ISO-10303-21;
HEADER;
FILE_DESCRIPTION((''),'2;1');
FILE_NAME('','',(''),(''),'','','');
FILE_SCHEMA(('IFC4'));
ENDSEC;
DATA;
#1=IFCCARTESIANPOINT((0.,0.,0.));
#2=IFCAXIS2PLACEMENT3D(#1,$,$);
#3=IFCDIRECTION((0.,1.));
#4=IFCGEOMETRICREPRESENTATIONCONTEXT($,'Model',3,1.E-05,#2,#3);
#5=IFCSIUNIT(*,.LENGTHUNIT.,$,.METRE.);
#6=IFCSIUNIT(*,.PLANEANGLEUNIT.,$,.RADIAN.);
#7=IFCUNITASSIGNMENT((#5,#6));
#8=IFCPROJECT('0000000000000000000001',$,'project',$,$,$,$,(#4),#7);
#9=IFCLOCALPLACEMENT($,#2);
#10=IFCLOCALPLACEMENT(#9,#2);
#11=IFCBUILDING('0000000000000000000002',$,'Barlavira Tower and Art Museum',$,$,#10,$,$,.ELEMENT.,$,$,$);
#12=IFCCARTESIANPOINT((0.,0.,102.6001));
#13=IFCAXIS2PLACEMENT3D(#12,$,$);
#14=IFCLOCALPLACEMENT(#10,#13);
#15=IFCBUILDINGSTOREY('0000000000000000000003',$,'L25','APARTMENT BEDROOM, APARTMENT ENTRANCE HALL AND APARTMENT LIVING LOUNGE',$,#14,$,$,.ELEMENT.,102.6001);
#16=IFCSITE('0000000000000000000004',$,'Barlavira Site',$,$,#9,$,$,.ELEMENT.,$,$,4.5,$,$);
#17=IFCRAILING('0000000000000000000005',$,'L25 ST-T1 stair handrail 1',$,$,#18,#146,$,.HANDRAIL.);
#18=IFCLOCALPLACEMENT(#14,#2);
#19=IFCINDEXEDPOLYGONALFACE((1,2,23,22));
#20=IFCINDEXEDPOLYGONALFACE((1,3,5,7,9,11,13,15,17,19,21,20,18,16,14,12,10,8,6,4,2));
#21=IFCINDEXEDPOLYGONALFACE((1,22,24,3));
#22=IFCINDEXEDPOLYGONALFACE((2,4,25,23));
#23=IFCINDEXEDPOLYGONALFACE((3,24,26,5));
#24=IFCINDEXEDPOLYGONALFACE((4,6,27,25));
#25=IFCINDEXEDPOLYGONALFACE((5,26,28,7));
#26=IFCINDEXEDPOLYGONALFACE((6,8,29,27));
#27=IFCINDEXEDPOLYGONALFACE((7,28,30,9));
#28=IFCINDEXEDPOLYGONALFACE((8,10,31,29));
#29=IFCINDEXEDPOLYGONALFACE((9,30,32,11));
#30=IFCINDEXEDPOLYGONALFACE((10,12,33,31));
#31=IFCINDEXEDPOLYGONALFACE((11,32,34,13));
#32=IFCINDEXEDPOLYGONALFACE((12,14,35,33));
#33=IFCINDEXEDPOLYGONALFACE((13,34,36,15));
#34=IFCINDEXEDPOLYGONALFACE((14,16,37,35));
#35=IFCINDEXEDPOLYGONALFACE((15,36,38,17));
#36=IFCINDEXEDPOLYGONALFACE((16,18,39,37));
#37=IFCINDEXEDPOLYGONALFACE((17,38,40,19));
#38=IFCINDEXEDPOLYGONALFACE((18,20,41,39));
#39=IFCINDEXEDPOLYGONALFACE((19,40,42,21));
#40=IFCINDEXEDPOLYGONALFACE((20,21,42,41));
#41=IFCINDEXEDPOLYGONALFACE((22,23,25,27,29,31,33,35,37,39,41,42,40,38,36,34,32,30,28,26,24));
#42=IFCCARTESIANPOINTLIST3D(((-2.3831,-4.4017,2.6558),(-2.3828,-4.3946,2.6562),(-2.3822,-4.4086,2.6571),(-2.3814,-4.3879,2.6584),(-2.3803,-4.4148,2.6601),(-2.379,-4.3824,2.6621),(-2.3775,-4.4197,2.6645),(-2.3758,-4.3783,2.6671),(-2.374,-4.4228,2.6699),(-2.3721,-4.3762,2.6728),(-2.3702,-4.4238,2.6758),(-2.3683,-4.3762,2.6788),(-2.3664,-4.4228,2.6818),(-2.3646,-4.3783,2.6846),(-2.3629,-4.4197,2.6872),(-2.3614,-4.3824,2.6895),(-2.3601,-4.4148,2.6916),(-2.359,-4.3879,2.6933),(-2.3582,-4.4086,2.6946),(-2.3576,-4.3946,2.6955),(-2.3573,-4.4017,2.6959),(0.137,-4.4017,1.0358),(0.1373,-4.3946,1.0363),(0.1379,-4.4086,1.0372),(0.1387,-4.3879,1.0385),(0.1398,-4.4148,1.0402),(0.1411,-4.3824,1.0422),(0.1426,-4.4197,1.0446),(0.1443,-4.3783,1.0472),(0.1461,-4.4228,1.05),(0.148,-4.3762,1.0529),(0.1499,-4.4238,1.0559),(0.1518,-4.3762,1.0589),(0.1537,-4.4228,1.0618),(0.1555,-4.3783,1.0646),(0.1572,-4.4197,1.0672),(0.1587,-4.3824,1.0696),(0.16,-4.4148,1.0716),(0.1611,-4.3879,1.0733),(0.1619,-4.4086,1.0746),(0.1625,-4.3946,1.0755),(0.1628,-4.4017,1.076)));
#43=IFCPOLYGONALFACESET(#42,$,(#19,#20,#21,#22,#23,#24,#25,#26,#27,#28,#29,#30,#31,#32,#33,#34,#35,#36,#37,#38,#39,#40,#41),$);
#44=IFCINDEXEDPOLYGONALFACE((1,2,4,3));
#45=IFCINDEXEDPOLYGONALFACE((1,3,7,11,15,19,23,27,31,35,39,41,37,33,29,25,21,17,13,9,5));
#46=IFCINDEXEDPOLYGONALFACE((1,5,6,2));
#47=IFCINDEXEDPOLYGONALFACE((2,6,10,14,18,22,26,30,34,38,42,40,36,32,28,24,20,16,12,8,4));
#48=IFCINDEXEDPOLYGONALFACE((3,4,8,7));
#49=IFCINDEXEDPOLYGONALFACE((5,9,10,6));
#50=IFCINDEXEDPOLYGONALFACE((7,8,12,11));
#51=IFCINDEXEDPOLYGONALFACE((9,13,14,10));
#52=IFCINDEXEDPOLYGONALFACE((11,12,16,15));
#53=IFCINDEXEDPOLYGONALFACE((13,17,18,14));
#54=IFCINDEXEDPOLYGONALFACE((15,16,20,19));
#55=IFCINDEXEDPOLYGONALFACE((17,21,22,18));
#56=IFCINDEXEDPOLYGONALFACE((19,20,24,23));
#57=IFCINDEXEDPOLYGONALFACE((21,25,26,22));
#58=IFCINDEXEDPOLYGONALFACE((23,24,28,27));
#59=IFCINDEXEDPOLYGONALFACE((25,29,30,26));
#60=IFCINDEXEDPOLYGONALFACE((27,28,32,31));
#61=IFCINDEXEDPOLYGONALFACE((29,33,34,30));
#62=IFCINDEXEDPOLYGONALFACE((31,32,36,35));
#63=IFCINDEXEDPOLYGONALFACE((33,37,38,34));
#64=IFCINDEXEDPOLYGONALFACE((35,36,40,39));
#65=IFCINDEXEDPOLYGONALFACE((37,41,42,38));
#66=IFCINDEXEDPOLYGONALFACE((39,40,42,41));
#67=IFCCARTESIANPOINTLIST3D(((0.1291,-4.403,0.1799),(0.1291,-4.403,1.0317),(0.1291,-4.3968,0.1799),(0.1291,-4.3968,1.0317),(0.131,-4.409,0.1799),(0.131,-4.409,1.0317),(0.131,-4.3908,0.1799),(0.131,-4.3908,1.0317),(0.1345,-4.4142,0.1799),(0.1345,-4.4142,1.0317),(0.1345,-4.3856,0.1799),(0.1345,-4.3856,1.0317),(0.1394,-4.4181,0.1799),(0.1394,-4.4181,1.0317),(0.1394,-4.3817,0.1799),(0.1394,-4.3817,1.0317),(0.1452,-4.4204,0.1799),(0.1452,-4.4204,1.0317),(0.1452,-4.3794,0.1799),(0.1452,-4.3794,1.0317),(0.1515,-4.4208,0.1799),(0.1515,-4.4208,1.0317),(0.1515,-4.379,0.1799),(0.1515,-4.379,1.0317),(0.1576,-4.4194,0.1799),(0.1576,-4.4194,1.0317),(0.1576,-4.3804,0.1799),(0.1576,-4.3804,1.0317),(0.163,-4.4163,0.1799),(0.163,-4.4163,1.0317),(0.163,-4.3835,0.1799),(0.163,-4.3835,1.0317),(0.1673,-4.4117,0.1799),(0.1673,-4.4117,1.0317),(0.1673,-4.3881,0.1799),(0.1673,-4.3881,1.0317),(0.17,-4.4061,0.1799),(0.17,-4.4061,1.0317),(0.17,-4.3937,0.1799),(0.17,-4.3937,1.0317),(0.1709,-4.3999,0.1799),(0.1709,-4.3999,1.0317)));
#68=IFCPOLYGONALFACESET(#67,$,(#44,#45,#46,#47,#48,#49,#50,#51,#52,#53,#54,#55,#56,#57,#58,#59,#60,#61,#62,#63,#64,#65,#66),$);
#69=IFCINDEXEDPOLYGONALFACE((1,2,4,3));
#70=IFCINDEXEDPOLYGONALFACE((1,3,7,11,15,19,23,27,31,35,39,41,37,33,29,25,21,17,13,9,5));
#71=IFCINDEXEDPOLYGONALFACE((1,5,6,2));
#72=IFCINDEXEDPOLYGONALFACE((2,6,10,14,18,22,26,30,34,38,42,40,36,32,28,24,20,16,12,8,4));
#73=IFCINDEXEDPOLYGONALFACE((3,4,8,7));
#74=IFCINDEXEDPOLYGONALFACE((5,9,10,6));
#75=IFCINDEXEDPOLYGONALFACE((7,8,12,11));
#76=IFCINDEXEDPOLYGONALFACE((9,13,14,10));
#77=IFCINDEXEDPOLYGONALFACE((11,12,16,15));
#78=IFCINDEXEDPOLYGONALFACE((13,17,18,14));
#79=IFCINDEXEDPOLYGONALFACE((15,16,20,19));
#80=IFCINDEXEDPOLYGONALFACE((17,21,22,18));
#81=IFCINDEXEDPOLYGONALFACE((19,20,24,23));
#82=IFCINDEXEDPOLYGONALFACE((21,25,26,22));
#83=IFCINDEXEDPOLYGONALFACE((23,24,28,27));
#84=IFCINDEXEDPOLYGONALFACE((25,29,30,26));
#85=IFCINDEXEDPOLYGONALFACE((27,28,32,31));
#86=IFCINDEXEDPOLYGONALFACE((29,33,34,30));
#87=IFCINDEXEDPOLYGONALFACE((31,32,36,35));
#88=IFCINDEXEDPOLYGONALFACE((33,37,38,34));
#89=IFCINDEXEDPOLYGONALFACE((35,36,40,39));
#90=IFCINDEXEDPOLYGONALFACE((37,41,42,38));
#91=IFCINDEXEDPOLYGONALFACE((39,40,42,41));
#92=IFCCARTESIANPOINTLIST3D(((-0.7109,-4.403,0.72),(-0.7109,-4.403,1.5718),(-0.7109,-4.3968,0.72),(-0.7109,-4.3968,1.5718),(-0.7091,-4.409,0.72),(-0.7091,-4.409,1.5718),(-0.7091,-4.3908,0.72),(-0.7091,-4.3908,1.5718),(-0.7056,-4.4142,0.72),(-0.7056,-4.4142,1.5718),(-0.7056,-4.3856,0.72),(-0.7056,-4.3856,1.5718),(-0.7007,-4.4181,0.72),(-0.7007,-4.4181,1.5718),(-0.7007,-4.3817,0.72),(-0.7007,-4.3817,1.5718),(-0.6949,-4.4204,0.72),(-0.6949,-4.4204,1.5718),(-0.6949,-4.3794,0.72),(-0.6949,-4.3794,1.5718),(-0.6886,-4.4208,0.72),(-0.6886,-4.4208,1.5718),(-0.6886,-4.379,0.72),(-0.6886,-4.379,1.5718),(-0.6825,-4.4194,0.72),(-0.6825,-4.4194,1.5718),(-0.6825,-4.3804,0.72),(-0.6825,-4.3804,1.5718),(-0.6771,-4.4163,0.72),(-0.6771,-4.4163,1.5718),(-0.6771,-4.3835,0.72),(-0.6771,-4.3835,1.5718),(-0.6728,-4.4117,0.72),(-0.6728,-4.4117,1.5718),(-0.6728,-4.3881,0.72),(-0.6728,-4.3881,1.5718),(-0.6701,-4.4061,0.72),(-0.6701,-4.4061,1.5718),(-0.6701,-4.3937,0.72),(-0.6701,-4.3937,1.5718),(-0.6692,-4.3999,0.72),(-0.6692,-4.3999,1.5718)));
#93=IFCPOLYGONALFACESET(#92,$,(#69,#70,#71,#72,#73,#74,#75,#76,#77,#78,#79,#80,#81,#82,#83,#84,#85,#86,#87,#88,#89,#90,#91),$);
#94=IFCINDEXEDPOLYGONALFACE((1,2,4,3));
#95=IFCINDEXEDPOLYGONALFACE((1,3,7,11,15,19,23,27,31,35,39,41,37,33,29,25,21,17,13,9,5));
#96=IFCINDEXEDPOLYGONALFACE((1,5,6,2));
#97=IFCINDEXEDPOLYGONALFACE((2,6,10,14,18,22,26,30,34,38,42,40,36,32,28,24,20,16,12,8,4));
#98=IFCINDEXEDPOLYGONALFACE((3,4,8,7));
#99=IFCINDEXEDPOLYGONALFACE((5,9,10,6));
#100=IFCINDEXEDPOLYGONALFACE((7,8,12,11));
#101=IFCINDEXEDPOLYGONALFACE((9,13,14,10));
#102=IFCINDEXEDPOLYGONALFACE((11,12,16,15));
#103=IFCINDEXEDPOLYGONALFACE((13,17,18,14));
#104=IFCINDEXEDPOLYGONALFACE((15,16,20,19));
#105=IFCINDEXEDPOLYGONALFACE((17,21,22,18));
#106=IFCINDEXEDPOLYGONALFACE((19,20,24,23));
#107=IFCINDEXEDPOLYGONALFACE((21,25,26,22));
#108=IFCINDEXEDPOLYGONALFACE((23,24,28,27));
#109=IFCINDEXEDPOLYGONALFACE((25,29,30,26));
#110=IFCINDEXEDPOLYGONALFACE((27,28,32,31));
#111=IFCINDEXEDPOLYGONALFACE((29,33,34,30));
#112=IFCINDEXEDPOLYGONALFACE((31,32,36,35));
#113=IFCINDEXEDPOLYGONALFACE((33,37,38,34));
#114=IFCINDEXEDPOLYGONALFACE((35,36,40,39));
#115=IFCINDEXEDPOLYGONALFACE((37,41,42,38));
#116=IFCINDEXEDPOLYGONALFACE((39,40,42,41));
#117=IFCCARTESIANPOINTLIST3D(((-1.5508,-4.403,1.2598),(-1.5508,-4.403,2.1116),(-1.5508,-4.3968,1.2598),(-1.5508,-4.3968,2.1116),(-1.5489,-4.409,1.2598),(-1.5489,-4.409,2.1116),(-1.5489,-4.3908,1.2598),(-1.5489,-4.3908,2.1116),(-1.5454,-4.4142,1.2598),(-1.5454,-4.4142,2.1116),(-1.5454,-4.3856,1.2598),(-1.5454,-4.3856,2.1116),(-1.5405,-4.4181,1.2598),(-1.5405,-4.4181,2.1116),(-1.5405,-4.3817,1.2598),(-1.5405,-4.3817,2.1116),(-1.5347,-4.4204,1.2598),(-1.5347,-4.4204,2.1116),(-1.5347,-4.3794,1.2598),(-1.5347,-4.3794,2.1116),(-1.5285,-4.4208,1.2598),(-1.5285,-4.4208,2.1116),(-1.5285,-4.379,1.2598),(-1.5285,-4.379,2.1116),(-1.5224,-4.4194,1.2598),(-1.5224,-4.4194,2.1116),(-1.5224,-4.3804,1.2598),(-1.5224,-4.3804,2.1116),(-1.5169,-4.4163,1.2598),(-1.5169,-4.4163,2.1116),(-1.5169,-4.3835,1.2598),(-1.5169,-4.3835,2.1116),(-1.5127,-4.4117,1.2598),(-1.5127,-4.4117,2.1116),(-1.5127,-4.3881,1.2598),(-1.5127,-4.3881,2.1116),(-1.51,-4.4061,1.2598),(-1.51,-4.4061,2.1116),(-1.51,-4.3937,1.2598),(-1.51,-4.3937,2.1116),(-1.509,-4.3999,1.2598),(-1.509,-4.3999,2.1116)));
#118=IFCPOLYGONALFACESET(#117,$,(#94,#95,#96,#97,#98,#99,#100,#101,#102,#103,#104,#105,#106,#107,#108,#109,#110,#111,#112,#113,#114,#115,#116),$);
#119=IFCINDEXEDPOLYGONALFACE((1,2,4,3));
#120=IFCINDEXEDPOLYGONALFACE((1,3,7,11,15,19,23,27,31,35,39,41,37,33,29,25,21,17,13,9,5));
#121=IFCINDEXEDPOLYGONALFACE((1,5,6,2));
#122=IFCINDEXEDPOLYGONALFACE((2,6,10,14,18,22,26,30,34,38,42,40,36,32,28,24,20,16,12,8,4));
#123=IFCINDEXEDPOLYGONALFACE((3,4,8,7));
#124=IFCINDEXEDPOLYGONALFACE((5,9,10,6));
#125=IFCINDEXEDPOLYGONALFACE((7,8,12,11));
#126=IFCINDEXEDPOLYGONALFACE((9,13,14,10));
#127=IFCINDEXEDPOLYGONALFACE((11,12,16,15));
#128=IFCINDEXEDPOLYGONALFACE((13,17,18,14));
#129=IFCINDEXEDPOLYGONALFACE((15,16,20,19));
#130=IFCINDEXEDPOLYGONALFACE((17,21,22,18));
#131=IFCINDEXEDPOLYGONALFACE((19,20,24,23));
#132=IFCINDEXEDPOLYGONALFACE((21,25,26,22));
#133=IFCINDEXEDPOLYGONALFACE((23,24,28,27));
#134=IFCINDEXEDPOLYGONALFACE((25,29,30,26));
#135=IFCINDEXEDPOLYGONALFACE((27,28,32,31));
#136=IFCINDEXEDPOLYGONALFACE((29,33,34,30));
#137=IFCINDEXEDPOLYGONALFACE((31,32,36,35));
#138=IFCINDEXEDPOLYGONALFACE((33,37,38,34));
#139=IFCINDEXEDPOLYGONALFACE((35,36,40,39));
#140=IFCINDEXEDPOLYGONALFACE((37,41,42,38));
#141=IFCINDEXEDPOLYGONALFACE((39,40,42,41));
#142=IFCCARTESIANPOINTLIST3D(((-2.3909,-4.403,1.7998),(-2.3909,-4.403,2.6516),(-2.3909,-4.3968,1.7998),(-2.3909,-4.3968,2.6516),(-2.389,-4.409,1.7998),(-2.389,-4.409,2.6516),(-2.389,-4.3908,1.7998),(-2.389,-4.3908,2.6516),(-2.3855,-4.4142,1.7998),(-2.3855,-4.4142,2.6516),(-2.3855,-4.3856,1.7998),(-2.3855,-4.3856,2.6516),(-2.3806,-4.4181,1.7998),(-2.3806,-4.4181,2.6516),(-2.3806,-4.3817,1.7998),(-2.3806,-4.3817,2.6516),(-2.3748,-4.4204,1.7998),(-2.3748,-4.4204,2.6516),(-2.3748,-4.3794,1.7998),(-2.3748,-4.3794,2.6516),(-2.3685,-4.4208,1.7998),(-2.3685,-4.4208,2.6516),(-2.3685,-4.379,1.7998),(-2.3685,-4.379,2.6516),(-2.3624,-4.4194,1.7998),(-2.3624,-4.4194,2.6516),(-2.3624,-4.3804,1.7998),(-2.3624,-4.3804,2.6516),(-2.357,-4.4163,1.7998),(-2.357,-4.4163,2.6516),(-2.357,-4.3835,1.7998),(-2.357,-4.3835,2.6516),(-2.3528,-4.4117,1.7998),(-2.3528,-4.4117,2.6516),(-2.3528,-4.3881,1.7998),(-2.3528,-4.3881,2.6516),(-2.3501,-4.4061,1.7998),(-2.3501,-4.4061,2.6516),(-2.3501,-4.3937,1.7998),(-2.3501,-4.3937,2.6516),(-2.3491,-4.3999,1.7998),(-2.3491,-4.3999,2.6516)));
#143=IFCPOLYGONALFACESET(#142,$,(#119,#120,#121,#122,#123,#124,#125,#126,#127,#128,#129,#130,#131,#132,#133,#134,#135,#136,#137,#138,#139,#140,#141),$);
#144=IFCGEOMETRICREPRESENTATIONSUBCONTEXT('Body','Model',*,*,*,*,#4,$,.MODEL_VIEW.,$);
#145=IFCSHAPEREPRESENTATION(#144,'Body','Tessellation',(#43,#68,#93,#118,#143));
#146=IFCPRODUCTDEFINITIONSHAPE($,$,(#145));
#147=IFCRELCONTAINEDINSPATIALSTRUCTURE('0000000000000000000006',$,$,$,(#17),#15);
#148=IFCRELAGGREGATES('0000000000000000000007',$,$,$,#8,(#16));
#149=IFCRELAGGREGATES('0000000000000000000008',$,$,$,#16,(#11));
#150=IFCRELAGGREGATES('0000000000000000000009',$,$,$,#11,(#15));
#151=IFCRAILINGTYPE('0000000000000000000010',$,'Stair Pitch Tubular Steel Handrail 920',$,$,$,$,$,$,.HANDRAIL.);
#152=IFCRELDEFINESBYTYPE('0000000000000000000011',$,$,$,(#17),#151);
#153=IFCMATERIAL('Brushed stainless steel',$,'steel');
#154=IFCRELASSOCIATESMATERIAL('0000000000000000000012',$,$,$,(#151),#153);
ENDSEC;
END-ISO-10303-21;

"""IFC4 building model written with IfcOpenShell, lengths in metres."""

from ifc_helpers import new_model, si_unit, direction, frame, origin, origin_2d, place, context, subcontext, project, spatial, circle, extrude, material, type_object, element, save


model = new_model("IFC4")

# Units and contexts
model_context = context("Model", 3, precision=1e-05, world=origin(), true_north=direction((0.0, 1.0)))
body_context = subcontext(model_context, "Body", "Model", "MODEL_VIEW")
ifc_project = project(units=[si_unit("LENGTHUNIT", "METRE"), si_unit("PLANEANGLEUNIT", "RADIAN")], contexts=[model_context])

# Site, building, storey
site_placement = place(None, origin())
site = spatial("IfcSite", under=ifc_project, at=site_placement, Name="Barlavira Site", CompositionType="ELEMENT", RefElevation=4.5)
building_placement = place(site_placement, origin())
building = spatial("IfcBuilding", under=site, at=building_placement, Name="Barlavira Tower and Art Museum", CompositionType="ELEMENT")
storey_placement = place(building_placement, frame((0.0, 0.0, 102.6001)))
storey = spatial("IfcBuildingStorey", under=building, at=storey_placement, Name="L25", Description="APARTMENT BEDROOM, APARTMENT ENTRANCE HALL AND APARTMENT LIVING LOUNGE", CompositionType="ELEMENT", Elevation=102.6001)

# Shared definitions
ifc_material_1 = material(Name="Brushed stainless steel", Category="steel")

# Railing
railing_type_1 = type_object("IfcRailingType", Name="Stair Pitch Tubular Steel Handrail 920", PredefinedType="HANDRAIL", material=ifc_material_1)
railing_1_placement = place(storey_placement, frame((0.1499, -4.3999, 0.1799)))
element("IfcRailing", 1, at=railing_1_placement, inside=storey, type_object=railing_type_1, Name="L25 ST-T1 stair handrail 1", PredefinedType="HANDRAIL", context=body_context, shape_type="SweptSolid", body=[
    extrude(circle(Radius=0.0239, at=origin_2d()), frame((0.0, 0.0, 0.876), z_axis=(-0.8412, 0.0, 0.540725), x_axis=(0.0, -1.0, 0.0)), (0.0, 0.0, 1.0), 2.9958),
    extrude(circle(Radius=0.021, at=origin_2d()), origin(), (0.0, 0.0, 1.0), 0.8518),
    extrude(circle(Radius=0.021, at=origin_2d()), frame((-0.8401, 0.0, 0.54)), (0.0, 0.0, 1.0), 0.8518),
    extrude(circle(Radius=0.021, at=origin_2d()), frame((-1.6799, 0.0, 1.0798)), (0.0, 0.0, 1.0), 0.8518),
    extrude(circle(Radius=0.021, at=origin_2d()), frame((-2.52, 0.0, 1.6199)), (0.0, 0.0, 1.0), 0.8518),
])

save(model, "model.ifc")
